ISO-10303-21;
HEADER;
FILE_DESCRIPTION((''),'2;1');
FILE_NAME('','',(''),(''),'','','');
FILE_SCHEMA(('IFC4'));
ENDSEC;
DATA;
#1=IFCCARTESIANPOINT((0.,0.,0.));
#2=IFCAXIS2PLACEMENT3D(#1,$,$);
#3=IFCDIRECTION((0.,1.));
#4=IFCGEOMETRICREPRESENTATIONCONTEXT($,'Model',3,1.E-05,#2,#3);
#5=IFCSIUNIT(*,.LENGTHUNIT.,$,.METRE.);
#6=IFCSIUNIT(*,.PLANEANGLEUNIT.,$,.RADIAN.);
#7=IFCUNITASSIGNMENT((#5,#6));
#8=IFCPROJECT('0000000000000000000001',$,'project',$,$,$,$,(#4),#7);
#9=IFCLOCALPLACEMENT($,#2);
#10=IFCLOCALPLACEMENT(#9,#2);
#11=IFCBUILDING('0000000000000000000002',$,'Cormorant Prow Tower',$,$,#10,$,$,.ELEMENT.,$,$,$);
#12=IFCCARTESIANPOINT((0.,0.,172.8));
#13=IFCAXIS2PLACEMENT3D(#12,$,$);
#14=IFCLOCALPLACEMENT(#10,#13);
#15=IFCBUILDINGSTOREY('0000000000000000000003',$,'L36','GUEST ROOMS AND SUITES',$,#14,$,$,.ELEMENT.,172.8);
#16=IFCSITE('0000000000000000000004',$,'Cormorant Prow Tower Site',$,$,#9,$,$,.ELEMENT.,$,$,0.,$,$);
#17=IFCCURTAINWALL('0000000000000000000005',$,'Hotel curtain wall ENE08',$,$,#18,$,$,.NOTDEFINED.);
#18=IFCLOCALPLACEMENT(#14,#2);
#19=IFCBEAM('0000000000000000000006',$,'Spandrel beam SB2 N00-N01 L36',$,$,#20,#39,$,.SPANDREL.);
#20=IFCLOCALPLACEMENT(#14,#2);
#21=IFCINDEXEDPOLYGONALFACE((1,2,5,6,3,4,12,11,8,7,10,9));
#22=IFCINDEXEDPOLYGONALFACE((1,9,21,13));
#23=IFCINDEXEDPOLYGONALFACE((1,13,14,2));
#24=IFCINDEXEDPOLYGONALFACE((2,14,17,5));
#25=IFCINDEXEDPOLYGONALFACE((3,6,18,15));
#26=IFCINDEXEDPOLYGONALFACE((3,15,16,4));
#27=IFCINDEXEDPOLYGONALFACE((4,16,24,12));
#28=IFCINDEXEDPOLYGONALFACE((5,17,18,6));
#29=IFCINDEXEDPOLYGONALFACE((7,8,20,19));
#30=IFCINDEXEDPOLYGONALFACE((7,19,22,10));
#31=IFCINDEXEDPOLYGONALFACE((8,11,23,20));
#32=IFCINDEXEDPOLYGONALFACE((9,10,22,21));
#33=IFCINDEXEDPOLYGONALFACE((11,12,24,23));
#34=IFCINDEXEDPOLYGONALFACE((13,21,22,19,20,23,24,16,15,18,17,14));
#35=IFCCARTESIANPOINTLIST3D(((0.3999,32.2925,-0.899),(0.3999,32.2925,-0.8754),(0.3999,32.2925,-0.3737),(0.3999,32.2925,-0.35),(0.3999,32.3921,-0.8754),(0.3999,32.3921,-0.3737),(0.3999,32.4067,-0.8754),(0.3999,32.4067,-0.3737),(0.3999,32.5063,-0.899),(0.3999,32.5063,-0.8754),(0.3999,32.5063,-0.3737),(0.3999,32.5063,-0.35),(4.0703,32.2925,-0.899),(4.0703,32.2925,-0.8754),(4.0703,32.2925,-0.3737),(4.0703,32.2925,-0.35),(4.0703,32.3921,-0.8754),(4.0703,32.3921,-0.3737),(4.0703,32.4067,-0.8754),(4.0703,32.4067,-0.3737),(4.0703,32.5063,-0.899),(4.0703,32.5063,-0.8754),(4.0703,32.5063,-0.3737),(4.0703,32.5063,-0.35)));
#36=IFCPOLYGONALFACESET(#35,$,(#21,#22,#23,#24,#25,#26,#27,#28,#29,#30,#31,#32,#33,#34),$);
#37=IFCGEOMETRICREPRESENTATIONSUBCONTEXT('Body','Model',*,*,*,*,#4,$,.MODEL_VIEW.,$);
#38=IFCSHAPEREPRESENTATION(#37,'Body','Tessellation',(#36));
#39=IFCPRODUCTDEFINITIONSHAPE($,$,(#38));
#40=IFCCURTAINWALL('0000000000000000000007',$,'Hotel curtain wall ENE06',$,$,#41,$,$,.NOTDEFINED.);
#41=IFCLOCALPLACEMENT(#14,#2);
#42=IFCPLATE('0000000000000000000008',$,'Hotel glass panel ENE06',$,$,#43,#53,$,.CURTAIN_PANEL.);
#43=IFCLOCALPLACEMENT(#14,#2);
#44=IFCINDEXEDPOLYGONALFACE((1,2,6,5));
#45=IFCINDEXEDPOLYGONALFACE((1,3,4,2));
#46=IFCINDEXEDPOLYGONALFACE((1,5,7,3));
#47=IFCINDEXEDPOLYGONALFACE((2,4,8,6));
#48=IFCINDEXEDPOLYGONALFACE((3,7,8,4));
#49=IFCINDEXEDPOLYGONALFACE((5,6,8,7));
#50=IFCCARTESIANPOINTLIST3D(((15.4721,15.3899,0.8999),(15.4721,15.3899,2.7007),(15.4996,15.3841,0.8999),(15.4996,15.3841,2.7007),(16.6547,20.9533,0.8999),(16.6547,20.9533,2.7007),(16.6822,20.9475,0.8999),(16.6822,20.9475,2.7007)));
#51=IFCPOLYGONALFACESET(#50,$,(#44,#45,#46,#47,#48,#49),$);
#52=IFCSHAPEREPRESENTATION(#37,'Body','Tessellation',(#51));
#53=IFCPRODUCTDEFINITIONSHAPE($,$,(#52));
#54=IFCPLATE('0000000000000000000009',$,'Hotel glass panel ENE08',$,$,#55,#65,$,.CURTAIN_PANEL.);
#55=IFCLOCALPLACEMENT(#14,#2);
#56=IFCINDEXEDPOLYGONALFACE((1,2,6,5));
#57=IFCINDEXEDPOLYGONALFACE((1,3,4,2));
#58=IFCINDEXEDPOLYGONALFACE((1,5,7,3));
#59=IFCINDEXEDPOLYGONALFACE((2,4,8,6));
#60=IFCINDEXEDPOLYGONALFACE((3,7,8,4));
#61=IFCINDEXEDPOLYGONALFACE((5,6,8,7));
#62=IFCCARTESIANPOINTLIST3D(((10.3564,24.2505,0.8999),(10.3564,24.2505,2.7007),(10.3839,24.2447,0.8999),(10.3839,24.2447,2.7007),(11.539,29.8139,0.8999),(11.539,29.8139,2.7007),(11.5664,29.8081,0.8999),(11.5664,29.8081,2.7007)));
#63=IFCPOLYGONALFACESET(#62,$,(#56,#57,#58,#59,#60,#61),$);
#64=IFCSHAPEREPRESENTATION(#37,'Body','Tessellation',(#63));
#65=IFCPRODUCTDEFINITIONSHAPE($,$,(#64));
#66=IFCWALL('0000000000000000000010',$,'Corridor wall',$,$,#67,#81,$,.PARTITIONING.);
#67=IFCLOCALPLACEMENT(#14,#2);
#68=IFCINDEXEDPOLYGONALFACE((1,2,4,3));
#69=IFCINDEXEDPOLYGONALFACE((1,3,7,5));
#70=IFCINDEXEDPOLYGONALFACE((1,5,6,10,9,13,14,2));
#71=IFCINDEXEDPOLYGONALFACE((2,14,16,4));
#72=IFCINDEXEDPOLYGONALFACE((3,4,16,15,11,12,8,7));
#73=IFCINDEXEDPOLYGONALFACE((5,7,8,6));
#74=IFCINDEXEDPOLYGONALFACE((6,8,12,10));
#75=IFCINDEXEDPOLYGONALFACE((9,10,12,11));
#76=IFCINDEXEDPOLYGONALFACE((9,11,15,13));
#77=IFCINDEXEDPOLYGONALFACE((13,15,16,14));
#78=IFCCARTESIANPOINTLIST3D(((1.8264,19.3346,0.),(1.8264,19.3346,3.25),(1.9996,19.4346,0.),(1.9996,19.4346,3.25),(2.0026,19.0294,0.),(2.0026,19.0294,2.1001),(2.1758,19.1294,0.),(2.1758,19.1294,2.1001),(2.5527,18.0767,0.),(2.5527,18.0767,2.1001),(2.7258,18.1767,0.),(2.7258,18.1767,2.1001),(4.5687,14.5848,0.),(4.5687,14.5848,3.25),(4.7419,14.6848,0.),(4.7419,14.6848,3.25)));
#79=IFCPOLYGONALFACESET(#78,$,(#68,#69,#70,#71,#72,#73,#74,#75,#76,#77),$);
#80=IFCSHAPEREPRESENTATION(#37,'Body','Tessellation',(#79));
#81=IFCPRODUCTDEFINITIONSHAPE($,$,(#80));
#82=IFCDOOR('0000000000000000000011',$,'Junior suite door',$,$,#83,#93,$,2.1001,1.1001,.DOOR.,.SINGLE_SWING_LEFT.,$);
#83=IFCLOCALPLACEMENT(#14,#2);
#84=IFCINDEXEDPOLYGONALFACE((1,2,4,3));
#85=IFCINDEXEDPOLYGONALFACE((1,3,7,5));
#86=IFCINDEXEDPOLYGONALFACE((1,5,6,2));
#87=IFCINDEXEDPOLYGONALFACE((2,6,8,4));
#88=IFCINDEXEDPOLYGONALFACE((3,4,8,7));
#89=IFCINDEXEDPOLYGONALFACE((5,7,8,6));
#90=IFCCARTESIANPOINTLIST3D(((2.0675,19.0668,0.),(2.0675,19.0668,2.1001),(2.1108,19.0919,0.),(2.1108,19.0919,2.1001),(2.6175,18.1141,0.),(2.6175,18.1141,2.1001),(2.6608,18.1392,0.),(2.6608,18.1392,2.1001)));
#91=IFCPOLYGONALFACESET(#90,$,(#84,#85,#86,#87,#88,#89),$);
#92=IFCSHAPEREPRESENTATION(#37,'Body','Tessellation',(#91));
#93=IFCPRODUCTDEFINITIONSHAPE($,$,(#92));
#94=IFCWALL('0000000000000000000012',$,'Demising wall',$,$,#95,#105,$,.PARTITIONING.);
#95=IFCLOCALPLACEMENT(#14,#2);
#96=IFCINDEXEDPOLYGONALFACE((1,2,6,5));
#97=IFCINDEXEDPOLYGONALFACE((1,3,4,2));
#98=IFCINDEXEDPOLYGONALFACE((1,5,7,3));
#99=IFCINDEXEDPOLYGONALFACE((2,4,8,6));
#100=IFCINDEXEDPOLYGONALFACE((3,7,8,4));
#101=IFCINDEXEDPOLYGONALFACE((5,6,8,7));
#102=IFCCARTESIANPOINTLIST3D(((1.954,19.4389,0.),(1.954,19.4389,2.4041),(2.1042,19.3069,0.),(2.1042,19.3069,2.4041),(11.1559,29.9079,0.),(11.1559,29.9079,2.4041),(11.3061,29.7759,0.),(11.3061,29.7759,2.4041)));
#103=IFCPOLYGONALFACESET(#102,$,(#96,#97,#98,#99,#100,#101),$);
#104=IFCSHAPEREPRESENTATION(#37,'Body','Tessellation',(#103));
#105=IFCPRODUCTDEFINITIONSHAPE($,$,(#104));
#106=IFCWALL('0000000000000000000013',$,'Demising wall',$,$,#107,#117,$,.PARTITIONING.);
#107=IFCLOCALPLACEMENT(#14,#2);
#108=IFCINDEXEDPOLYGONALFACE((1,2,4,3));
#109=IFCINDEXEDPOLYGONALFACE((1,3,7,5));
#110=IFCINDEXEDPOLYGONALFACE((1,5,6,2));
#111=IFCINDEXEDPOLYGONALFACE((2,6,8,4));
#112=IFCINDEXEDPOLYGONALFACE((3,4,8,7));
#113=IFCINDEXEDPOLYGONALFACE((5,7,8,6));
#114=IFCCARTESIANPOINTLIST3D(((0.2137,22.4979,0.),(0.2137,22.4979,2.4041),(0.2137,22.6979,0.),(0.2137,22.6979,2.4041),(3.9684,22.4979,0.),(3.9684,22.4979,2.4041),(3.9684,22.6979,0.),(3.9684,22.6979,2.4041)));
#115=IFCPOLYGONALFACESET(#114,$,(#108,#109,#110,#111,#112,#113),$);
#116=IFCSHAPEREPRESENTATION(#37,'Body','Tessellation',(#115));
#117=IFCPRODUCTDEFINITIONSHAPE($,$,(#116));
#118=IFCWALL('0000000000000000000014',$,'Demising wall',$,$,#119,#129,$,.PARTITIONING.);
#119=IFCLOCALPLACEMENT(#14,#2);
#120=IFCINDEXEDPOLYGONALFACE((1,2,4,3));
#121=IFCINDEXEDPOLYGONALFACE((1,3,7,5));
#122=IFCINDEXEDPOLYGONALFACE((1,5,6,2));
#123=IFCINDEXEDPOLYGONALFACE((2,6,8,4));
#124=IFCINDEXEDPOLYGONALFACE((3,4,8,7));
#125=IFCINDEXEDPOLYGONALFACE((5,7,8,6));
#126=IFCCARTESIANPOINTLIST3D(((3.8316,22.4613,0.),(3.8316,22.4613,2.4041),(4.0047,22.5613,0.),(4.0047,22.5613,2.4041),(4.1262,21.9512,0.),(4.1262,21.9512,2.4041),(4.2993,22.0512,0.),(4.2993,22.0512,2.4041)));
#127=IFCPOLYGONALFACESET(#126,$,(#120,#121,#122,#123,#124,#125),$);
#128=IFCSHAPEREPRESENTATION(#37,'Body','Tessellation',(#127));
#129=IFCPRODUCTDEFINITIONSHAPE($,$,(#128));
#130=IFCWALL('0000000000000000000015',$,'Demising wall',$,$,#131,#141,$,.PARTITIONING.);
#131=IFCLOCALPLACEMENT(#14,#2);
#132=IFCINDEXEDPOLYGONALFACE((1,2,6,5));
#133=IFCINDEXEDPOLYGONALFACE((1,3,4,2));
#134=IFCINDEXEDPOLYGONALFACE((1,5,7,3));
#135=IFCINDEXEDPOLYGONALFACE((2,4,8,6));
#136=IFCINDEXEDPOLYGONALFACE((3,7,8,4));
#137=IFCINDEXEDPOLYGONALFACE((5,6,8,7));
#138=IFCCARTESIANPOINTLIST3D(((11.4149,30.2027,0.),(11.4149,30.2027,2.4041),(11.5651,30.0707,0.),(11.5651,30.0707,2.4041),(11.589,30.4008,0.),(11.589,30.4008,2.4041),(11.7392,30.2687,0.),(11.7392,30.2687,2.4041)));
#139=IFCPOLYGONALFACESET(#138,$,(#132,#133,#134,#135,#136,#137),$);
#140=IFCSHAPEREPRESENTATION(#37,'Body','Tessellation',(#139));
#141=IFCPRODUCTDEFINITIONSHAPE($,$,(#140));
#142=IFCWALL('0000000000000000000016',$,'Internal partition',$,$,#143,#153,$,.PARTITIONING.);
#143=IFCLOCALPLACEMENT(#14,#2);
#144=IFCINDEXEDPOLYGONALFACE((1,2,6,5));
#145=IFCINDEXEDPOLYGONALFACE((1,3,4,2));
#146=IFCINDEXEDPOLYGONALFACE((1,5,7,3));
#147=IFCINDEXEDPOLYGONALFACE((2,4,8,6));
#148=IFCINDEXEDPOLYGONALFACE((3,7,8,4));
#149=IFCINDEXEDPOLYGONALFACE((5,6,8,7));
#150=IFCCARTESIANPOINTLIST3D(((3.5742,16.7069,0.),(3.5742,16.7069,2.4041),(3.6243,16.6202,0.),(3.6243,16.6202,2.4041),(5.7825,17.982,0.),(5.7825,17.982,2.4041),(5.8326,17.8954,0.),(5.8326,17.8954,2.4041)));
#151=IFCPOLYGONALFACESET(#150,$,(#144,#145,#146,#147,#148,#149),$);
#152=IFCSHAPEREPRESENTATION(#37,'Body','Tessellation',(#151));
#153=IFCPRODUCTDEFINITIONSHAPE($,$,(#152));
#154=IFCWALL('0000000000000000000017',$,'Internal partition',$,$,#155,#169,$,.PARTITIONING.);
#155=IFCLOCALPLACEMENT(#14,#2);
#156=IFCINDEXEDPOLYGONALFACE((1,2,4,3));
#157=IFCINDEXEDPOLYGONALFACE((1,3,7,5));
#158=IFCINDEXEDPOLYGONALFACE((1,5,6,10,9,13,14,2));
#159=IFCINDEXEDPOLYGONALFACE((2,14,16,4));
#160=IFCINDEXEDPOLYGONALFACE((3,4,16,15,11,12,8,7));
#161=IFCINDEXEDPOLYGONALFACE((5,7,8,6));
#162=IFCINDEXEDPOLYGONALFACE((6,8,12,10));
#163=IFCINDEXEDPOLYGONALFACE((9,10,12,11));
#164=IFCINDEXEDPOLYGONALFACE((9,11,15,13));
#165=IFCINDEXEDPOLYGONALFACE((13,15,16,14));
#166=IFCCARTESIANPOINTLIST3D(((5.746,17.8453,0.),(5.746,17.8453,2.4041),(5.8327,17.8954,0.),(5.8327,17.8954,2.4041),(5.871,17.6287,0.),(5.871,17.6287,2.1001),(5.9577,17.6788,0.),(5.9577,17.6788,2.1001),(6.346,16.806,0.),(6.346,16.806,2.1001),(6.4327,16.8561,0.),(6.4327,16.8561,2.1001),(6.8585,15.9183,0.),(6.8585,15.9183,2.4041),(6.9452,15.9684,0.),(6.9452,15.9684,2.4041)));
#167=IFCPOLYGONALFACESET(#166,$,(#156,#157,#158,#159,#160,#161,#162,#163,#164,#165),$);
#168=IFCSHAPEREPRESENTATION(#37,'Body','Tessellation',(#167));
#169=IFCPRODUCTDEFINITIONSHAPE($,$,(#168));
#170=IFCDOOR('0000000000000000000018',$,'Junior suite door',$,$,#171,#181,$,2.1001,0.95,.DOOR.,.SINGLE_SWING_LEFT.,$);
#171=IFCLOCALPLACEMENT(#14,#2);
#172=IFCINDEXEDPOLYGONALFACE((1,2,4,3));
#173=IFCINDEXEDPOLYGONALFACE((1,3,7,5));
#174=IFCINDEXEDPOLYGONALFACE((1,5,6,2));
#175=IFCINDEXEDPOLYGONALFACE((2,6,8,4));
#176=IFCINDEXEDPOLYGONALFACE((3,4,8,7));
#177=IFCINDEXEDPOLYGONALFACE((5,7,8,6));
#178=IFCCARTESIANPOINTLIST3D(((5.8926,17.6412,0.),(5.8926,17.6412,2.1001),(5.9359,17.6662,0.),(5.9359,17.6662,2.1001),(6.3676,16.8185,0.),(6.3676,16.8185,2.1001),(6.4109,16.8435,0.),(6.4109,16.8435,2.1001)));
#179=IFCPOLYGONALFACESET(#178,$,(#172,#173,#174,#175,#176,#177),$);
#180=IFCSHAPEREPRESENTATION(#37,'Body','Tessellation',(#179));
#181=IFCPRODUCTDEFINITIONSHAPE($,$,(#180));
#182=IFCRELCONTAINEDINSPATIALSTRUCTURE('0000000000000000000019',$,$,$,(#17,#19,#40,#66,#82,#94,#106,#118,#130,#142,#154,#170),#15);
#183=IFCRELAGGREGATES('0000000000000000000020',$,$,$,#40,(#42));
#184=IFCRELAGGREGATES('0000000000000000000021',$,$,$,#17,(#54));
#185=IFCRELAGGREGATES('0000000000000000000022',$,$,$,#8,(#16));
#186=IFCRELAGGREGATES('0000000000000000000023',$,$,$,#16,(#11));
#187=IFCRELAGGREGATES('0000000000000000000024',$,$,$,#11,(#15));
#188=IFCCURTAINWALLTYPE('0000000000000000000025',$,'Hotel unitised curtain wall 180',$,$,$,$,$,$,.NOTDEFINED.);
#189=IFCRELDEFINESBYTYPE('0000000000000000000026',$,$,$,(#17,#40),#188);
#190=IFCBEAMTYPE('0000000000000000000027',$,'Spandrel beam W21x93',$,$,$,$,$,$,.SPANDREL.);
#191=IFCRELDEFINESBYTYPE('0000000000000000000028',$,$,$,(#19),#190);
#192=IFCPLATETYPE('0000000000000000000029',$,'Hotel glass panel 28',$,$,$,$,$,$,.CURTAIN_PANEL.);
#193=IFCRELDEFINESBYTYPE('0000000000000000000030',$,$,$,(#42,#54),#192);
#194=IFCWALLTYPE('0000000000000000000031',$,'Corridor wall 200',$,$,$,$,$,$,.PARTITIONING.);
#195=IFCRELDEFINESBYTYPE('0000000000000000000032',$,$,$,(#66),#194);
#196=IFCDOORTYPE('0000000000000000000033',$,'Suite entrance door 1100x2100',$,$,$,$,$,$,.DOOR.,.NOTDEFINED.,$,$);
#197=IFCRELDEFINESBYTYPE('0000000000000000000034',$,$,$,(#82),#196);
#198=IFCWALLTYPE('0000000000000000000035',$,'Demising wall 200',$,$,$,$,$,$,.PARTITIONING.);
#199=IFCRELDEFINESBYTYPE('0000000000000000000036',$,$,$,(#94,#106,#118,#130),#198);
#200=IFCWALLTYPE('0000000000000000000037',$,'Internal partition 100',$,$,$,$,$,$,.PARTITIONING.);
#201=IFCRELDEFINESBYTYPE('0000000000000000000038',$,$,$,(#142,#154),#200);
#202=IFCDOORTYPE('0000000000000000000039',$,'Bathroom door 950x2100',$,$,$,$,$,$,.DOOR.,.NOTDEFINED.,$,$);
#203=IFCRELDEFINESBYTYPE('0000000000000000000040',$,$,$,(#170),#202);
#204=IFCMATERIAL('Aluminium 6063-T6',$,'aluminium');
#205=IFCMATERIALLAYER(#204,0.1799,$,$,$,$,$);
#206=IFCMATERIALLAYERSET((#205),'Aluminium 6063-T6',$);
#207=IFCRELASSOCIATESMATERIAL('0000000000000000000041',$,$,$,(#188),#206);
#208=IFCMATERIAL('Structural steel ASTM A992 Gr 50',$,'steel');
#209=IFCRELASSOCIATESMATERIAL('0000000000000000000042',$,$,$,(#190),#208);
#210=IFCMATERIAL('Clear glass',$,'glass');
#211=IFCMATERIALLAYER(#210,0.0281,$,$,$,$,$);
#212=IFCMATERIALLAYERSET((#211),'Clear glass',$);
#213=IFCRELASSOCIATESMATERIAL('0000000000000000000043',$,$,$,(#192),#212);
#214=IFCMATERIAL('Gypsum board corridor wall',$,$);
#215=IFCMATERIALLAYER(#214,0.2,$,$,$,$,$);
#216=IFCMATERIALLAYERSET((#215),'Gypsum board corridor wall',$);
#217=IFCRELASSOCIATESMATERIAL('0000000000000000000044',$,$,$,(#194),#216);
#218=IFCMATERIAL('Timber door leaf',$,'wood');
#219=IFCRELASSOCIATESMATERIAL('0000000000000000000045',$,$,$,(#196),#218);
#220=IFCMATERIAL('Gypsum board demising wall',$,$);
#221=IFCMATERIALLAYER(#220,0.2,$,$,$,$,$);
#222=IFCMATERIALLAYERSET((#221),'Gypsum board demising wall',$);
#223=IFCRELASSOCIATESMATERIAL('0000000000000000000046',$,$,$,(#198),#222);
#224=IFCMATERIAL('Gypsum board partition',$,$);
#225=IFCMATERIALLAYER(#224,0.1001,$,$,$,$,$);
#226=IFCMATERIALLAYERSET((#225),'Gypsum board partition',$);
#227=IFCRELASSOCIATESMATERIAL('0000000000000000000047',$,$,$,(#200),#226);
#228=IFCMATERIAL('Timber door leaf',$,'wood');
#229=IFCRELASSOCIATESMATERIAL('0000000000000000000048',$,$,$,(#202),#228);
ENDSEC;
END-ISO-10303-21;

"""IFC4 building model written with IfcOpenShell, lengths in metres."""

from ifc_helpers import new_model, si_unit, direction, frame, frame_2d, origin, origin_2d, place, context, subcontext, project, spatial, rectangle, i_section, extrude, material, layer, layer_set, material_profile, profile_set, type_object, element, fill, aggregate, save


model = new_model("IFC4")

# Units and contexts
model_context = context("Model", 3, precision=1e-05, world=origin(), true_north=direction((0.0, 1.0)))
body_context = subcontext(model_context, "Body", "Model", "MODEL_VIEW")
ifc_project = project(units=[si_unit("LENGTHUNIT", "METRE"), si_unit("PLANEANGLEUNIT", "RADIAN")], contexts=[model_context])

# Site, building, storey
site_placement = place(None, origin())
site = spatial("IfcSite", under=ifc_project, at=site_placement, Name="Cormorant Prow Tower Site", CompositionType="ELEMENT", RefElevation=0.0)
building_placement = place(site_placement, origin())
building = spatial("IfcBuilding", under=site, at=building_placement, Name="Cormorant Prow Tower", CompositionType="ELEMENT")
storey_placement = place(building_placement, frame((0.0, 0.0, 172.8)))
storey = spatial("IfcBuildingStorey", under=building, at=storey_placement, Name="L36", Description="GUEST ROOMS AND SUITES", CompositionType="ELEMENT", Elevation=172.8)

# Curtain wall
ifc_material_1 = material(Name="Aluminium 6063-T6", Category="aluminium")
ifc_layer_1 = layer(ifc_material_1, 0.1799)
ifc_layer_set_1 = layer_set([ifc_layer_1], Name="Aluminium 6063-T6")
curtain_wall_type = type_object("IfcCurtainWallType", Name="Hotel unitised curtain wall 180", PredefinedType="NOTDEFINED", material=ifc_layer_set_1)
curtain_wall_1_placement = place(storey_placement, origin())
curtain_wall_1 = element("IfcCurtainWall", 1, at=curtain_wall_1_placement, inside=storey, type_object=curtain_wall_type, Name="Hotel curtain wall ENE08", PredefinedType="NOTDEFINED")

# Beam
ifc_material_2 = material(Name="Structural steel ASTM A992 Gr 50", Category="steel")
ifc_material_profile_1 = material_profile(ifc_material_2, i_section(OverallWidth=0.2139, OverallDepth=0.5491, WebThickness=0.0146, FlangeThickness=0.0237, at=origin_2d()), Name="W21x93")
ifc_profile_set_1 = profile_set([ifc_material_profile_1], Name="Structural steel ASTM A992 Gr 50")
beam_type = type_object("IfcBeamType", Name="Spandrel beam W21x93", PredefinedType="SPANDREL", material=ifc_profile_set_1)
beam_1_placement = place(storey_placement, frame((4.0703, 32.3994, -0.6245), z_axis=(-1.0, 0.0, 0.0), x_axis=(0.0, -1.0, 0.0)))
element("IfcBeam", 2, at=beam_1_placement, inside=storey, type_object=beam_type, Name="Spandrel beam SB2 N00-N01 L36", PredefinedType="SPANDREL", context=body_context, shape_type="SweptSolid", body=[
    extrude(i_section(OverallWidth=0.2139, OverallDepth=0.5491, WebThickness=0.0146, FlangeThickness=0.0237, at=origin_2d()), origin(), (0.0, 0.0, 1.0), 3.6704),
])

# Curtain wall, plate
curtain_wall_2_placement = place(storey_placement, origin())
curtain_wall_2 = element("IfcCurtainWall", 3, at=curtain_wall_2_placement, inside=storey, type_object=curtain_wall_type, Name="Hotel curtain wall ENE06", PredefinedType="NOTDEFINED")
ifc_material_3 = material(Name="Clear glass", Category="glass")
ifc_layer_2 = layer(ifc_material_3, 0.0281)
ifc_layer_set_2 = layer_set([ifc_layer_2], Name="Clear glass")
plate_type = type_object("IfcPlateType", Name="Hotel glass panel 28", PredefinedType="CURTAIN_PANEL", material=ifc_layer_set_2)
plate_1_placement = place(storey_placement, frame((16.0771, 18.1687, 0.8999), z_axis=(0.0, 0.0, 1.0), x_axis=(0.207912, 0.978148, 0.0)))
plate_1 = element("IfcPlate", 4, at=plate_1_placement, type_object=plate_type, Name="Hotel glass panel ENE06", PredefinedType="CURTAIN_PANEL", context=body_context, shape_type="SweptSolid", body=[
    extrude(rectangle(XDim=5.6877, YDim=0.0281, at=origin_2d()), origin(), (0.0, 0.0, 1.0), 1.8008),
])
aggregate(curtain_wall_2, [plate_1])

# Plate
plate_2_placement = place(storey_placement, frame((10.9614, 27.0293, 0.8999), z_axis=(0.0, 0.0, 1.0), x_axis=(0.207912, 0.978148, 0.0)))
plate_2 = element("IfcPlate", 5, at=plate_2_placement, type_object=plate_type, Name="Hotel glass panel ENE08", PredefinedType="CURTAIN_PANEL", context=body_context, shape_type="SweptSolid", body=[
    extrude(rectangle(XDim=5.6877, YDim=0.0281, at=origin_2d()), origin(), (0.0, 0.0, 1.0), 1.8008),
])
aggregate(curtain_wall_1, [plate_2])

# Wall, opening, door
ifc_material_4 = material(Name="Gypsum board corridor wall")
ifc_layer_3 = layer(ifc_material_4, 0.2)
ifc_layer_set_3 = layer_set([ifc_layer_3], Name="Gypsum board corridor wall")
wall_type_1 = type_object("IfcWallType", Name="Corridor wall 200", PredefinedType="PARTITIONING", material=ifc_layer_set_3)
wall_1_placement = place(storey_placement, frame((1.9131, 19.3845, 0.0), z_axis=(0.0, 0.0, 1.0), x_axis=(0.499988, -0.866032, 0.0)))
wall_1 = element("IfcWall", 6, at=wall_1_placement, inside=storey, type_object=wall_type_1, Name="Corridor wall", PredefinedType="PARTITIONING", context=body_context, shape_type="SweptSolid", body=[
    extrude(rectangle(XDim=5.4846, YDim=0.2, at=frame_2d((2.7422, 0.0))), origin(), (0.0, 0.0, 1.0), 3.25),
])
opening_1_placement = place(wall_1_placement, frame((0.3523, 0.0, 0.0)))
opening_1 = element("IfcOpeningElement", 7, at=opening_1_placement, cuts=wall_1, PredefinedType="OPENING", context=body_context, shape_type="SweptSolid", body=[
    extrude(rectangle(XDim=1.1001, YDim=2.1001, at=frame_2d((0.55, 1.05))), frame((0.0, 0.1099, 0.0), z_axis=(0.0, -1.0, 0.0), x_axis=(1.0, 0.0, 0.0)), (0.0, 0.0, 1.0), 0.22),
])
ifc_material_5 = material(Name="Timber door leaf", Category="wood")
door_type_1 = type_object("IfcDoorType", Name="Suite entrance door 1100x2100", OperationType="NOTDEFINED", PredefinedType="DOOR", material=ifc_material_5)
door_1_placement = place(opening_1_placement, origin())
door_1 = element("IfcDoor", 8, at=door_1_placement, inside=storey, type_object=door_type_1, Name="Junior suite door", OperationType="SINGLE_SWING_LEFT", OverallHeight=2.1001, OverallWidth=1.1001, PredefinedType="DOOR", context=body_context, shape_type="SweptSolid", body=[
    extrude(rectangle(XDim=1.1001, YDim=2.1001, at=frame_2d((0.55, 1.05))), frame((0.0, 0.0249, 0.0), z_axis=(0.0, -1.0, 0.0), x_axis=(1.0, 0.0, 0.0)), (0.0, 0.0, 1.0), 0.05),
])
fill(opening_1, door_1)

# Walls
ifc_material_6 = material(Name="Gypsum board demising wall")
ifc_layer_4 = layer(ifc_material_6, 0.2)
ifc_layer_set_4 = layer_set([ifc_layer_4], Name="Gypsum board demising wall")
wall_type_2 = type_object("IfcWallType", Name="Demising wall 200", PredefinedType="PARTITIONING", material=ifc_layer_set_4)
wall_2_placement = place(storey_placement, frame((2.0291, 19.3728, 0.0), z_axis=(0.0, 0.0, 1.0), x_axis=(0.660191, 0.751098, 0.0)))
element("IfcWall", 9, at=wall_2_placement, inside=storey, type_object=wall_type_2, Name="Demising wall", PredefinedType="PARTITIONING", context=body_context, shape_type="SweptSolid", body=[
    extrude(rectangle(XDim=13.9382, YDim=0.2, at=frame_2d((6.9692, 0.0))), origin(), (0.0, 0.0, 1.0), 2.4041),
])
wall_3_placement = place(storey_placement, frame((0.2136, 22.5979, 0.0), z_axis=(0.0, 0.0, 1.0), x_axis=(1.0, 0.0, 0.0)))
element("IfcWall", 10, at=wall_3_placement, inside=storey, type_object=wall_type_2, Name="Demising wall", PredefinedType="PARTITIONING", context=body_context, shape_type="SweptSolid", body=[
    extrude(rectangle(XDim=3.7546, YDim=0.2, at=frame_2d((1.8774, 0.0))), origin(), (0.0, 0.0, 1.0), 2.4041),
])
wall_4_placement = place(storey_placement, frame((3.9182, 22.5112, 0.0), z_axis=(0.0, 0.0, 1.0), x_axis=(0.500105, -0.865965, 0.0)))
element("IfcWall", 11, at=wall_4_placement, inside=storey, type_object=wall_type_2, Name="Demising wall", PredefinedType="PARTITIONING", context=body_context, shape_type="SweptSolid", body=[
    extrude(rectangle(XDim=0.5891, YDim=0.2, at=frame_2d((0.2944, 0.0))), origin(), (0.0, 0.0, 1.0), 2.4041),
])
wall_5_placement = place(storey_placement, frame((11.49, 30.1367, 0.0), z_axis=(0.0, 0.0, 1.0), x_axis=(0.660273, 0.751026, 0.0)))
element("IfcWall", 12, at=wall_5_placement, inside=storey, type_object=wall_type_2, Name="Demising wall", PredefinedType="PARTITIONING", context=body_context, shape_type="SweptSolid", body=[
    extrude(rectangle(XDim=0.2637, YDim=0.2, at=frame_2d((0.1318, 0.0))), origin(), (0.0, 0.0, 1.0), 2.4041),
])
ifc_material_7 = material(Name="Gypsum board partition")
ifc_layer_5 = layer(ifc_material_7, 0.1001)
ifc_layer_set_5 = layer_set([ifc_layer_5], Name="Gypsum board partition")
wall_type_3 = type_object("IfcWallType", Name="Internal partition 100", PredefinedType="PARTITIONING", material=ifc_layer_set_5)
wall_6_placement = place(storey_placement, frame((3.5994, 16.6636, 0.0), z_axis=(0.0, 0.0, 1.0), x_axis=(0.865989, 0.500062, 0.0)))
element("IfcWall", 13, at=wall_6_placement, inside=storey, type_object=wall_type_3, Name="Internal partition", PredefinedType="PARTITIONING", context=body_context, shape_type="SweptSolid", body=[
    extrude(rectangle(XDim=2.55, YDim=0.1001, at=frame_2d((1.2749, 0.0))), origin(), (0.0, 0.0, 1.0), 2.4041),
])

# Wall, opening, door
wall_7_placement = place(storey_placement, frame((5.7893, 17.8704, 0.0), z_axis=(0.0, 0.0, 1.0), x_axis=(0.499998, -0.866027, 0.0)))
wall_7 = element("IfcWall", 14, at=wall_7_placement, inside=storey, type_object=wall_type_3, Name="Internal partition", PredefinedType="PARTITIONING", context=body_context, shape_type="SweptSolid", body=[
    extrude(rectangle(XDim=2.2251, YDim=0.1001, at=frame_2d((1.1125, 0.0))), origin(), (0.0, 0.0, 1.0), 2.4041),
])
opening_2_placement = place(wall_7_placement, frame((0.25, 0.0, 0.0)))
opening_2 = element("IfcOpeningElement", 15, at=opening_2_placement, cuts=wall_7, PredefinedType="OPENING", context=body_context, shape_type="SweptSolid", body=[
    extrude(rectangle(XDim=0.95, YDim=2.1001, at=frame_2d((0.4751, 1.05))), frame((0.0, 0.0601, 0.0), z_axis=(0.0, -1.0, 0.0), x_axis=(1.0, 0.0, 0.0)), (0.0, 0.0, 1.0), 0.1201),
])
ifc_material_8 = material(Name="Timber door leaf", Category="wood")
door_type_2 = type_object("IfcDoorType", Name="Bathroom door 950x2100", OperationType="NOTDEFINED", PredefinedType="DOOR", material=ifc_material_8)
door_2_placement = place(opening_2_placement, origin())
door_2 = element("IfcDoor", 16, at=door_2_placement, inside=storey, type_object=door_type_2, Name="Junior suite door", OperationType="SINGLE_SWING_LEFT", OverallHeight=2.1001, OverallWidth=0.95, PredefinedType="DOOR", context=body_context, shape_type="SweptSolid", body=[
    extrude(rectangle(XDim=0.95, YDim=2.1001, at=frame_2d((0.4751, 1.05))), frame((0.0, 0.0249, 0.0), z_axis=(0.0, -1.0, 0.0), x_axis=(1.0, 0.0, 0.0)), (0.0, 0.0, 1.0), 0.05),
])
fill(opening_2, door_2)

save(model, "model.ifc")
